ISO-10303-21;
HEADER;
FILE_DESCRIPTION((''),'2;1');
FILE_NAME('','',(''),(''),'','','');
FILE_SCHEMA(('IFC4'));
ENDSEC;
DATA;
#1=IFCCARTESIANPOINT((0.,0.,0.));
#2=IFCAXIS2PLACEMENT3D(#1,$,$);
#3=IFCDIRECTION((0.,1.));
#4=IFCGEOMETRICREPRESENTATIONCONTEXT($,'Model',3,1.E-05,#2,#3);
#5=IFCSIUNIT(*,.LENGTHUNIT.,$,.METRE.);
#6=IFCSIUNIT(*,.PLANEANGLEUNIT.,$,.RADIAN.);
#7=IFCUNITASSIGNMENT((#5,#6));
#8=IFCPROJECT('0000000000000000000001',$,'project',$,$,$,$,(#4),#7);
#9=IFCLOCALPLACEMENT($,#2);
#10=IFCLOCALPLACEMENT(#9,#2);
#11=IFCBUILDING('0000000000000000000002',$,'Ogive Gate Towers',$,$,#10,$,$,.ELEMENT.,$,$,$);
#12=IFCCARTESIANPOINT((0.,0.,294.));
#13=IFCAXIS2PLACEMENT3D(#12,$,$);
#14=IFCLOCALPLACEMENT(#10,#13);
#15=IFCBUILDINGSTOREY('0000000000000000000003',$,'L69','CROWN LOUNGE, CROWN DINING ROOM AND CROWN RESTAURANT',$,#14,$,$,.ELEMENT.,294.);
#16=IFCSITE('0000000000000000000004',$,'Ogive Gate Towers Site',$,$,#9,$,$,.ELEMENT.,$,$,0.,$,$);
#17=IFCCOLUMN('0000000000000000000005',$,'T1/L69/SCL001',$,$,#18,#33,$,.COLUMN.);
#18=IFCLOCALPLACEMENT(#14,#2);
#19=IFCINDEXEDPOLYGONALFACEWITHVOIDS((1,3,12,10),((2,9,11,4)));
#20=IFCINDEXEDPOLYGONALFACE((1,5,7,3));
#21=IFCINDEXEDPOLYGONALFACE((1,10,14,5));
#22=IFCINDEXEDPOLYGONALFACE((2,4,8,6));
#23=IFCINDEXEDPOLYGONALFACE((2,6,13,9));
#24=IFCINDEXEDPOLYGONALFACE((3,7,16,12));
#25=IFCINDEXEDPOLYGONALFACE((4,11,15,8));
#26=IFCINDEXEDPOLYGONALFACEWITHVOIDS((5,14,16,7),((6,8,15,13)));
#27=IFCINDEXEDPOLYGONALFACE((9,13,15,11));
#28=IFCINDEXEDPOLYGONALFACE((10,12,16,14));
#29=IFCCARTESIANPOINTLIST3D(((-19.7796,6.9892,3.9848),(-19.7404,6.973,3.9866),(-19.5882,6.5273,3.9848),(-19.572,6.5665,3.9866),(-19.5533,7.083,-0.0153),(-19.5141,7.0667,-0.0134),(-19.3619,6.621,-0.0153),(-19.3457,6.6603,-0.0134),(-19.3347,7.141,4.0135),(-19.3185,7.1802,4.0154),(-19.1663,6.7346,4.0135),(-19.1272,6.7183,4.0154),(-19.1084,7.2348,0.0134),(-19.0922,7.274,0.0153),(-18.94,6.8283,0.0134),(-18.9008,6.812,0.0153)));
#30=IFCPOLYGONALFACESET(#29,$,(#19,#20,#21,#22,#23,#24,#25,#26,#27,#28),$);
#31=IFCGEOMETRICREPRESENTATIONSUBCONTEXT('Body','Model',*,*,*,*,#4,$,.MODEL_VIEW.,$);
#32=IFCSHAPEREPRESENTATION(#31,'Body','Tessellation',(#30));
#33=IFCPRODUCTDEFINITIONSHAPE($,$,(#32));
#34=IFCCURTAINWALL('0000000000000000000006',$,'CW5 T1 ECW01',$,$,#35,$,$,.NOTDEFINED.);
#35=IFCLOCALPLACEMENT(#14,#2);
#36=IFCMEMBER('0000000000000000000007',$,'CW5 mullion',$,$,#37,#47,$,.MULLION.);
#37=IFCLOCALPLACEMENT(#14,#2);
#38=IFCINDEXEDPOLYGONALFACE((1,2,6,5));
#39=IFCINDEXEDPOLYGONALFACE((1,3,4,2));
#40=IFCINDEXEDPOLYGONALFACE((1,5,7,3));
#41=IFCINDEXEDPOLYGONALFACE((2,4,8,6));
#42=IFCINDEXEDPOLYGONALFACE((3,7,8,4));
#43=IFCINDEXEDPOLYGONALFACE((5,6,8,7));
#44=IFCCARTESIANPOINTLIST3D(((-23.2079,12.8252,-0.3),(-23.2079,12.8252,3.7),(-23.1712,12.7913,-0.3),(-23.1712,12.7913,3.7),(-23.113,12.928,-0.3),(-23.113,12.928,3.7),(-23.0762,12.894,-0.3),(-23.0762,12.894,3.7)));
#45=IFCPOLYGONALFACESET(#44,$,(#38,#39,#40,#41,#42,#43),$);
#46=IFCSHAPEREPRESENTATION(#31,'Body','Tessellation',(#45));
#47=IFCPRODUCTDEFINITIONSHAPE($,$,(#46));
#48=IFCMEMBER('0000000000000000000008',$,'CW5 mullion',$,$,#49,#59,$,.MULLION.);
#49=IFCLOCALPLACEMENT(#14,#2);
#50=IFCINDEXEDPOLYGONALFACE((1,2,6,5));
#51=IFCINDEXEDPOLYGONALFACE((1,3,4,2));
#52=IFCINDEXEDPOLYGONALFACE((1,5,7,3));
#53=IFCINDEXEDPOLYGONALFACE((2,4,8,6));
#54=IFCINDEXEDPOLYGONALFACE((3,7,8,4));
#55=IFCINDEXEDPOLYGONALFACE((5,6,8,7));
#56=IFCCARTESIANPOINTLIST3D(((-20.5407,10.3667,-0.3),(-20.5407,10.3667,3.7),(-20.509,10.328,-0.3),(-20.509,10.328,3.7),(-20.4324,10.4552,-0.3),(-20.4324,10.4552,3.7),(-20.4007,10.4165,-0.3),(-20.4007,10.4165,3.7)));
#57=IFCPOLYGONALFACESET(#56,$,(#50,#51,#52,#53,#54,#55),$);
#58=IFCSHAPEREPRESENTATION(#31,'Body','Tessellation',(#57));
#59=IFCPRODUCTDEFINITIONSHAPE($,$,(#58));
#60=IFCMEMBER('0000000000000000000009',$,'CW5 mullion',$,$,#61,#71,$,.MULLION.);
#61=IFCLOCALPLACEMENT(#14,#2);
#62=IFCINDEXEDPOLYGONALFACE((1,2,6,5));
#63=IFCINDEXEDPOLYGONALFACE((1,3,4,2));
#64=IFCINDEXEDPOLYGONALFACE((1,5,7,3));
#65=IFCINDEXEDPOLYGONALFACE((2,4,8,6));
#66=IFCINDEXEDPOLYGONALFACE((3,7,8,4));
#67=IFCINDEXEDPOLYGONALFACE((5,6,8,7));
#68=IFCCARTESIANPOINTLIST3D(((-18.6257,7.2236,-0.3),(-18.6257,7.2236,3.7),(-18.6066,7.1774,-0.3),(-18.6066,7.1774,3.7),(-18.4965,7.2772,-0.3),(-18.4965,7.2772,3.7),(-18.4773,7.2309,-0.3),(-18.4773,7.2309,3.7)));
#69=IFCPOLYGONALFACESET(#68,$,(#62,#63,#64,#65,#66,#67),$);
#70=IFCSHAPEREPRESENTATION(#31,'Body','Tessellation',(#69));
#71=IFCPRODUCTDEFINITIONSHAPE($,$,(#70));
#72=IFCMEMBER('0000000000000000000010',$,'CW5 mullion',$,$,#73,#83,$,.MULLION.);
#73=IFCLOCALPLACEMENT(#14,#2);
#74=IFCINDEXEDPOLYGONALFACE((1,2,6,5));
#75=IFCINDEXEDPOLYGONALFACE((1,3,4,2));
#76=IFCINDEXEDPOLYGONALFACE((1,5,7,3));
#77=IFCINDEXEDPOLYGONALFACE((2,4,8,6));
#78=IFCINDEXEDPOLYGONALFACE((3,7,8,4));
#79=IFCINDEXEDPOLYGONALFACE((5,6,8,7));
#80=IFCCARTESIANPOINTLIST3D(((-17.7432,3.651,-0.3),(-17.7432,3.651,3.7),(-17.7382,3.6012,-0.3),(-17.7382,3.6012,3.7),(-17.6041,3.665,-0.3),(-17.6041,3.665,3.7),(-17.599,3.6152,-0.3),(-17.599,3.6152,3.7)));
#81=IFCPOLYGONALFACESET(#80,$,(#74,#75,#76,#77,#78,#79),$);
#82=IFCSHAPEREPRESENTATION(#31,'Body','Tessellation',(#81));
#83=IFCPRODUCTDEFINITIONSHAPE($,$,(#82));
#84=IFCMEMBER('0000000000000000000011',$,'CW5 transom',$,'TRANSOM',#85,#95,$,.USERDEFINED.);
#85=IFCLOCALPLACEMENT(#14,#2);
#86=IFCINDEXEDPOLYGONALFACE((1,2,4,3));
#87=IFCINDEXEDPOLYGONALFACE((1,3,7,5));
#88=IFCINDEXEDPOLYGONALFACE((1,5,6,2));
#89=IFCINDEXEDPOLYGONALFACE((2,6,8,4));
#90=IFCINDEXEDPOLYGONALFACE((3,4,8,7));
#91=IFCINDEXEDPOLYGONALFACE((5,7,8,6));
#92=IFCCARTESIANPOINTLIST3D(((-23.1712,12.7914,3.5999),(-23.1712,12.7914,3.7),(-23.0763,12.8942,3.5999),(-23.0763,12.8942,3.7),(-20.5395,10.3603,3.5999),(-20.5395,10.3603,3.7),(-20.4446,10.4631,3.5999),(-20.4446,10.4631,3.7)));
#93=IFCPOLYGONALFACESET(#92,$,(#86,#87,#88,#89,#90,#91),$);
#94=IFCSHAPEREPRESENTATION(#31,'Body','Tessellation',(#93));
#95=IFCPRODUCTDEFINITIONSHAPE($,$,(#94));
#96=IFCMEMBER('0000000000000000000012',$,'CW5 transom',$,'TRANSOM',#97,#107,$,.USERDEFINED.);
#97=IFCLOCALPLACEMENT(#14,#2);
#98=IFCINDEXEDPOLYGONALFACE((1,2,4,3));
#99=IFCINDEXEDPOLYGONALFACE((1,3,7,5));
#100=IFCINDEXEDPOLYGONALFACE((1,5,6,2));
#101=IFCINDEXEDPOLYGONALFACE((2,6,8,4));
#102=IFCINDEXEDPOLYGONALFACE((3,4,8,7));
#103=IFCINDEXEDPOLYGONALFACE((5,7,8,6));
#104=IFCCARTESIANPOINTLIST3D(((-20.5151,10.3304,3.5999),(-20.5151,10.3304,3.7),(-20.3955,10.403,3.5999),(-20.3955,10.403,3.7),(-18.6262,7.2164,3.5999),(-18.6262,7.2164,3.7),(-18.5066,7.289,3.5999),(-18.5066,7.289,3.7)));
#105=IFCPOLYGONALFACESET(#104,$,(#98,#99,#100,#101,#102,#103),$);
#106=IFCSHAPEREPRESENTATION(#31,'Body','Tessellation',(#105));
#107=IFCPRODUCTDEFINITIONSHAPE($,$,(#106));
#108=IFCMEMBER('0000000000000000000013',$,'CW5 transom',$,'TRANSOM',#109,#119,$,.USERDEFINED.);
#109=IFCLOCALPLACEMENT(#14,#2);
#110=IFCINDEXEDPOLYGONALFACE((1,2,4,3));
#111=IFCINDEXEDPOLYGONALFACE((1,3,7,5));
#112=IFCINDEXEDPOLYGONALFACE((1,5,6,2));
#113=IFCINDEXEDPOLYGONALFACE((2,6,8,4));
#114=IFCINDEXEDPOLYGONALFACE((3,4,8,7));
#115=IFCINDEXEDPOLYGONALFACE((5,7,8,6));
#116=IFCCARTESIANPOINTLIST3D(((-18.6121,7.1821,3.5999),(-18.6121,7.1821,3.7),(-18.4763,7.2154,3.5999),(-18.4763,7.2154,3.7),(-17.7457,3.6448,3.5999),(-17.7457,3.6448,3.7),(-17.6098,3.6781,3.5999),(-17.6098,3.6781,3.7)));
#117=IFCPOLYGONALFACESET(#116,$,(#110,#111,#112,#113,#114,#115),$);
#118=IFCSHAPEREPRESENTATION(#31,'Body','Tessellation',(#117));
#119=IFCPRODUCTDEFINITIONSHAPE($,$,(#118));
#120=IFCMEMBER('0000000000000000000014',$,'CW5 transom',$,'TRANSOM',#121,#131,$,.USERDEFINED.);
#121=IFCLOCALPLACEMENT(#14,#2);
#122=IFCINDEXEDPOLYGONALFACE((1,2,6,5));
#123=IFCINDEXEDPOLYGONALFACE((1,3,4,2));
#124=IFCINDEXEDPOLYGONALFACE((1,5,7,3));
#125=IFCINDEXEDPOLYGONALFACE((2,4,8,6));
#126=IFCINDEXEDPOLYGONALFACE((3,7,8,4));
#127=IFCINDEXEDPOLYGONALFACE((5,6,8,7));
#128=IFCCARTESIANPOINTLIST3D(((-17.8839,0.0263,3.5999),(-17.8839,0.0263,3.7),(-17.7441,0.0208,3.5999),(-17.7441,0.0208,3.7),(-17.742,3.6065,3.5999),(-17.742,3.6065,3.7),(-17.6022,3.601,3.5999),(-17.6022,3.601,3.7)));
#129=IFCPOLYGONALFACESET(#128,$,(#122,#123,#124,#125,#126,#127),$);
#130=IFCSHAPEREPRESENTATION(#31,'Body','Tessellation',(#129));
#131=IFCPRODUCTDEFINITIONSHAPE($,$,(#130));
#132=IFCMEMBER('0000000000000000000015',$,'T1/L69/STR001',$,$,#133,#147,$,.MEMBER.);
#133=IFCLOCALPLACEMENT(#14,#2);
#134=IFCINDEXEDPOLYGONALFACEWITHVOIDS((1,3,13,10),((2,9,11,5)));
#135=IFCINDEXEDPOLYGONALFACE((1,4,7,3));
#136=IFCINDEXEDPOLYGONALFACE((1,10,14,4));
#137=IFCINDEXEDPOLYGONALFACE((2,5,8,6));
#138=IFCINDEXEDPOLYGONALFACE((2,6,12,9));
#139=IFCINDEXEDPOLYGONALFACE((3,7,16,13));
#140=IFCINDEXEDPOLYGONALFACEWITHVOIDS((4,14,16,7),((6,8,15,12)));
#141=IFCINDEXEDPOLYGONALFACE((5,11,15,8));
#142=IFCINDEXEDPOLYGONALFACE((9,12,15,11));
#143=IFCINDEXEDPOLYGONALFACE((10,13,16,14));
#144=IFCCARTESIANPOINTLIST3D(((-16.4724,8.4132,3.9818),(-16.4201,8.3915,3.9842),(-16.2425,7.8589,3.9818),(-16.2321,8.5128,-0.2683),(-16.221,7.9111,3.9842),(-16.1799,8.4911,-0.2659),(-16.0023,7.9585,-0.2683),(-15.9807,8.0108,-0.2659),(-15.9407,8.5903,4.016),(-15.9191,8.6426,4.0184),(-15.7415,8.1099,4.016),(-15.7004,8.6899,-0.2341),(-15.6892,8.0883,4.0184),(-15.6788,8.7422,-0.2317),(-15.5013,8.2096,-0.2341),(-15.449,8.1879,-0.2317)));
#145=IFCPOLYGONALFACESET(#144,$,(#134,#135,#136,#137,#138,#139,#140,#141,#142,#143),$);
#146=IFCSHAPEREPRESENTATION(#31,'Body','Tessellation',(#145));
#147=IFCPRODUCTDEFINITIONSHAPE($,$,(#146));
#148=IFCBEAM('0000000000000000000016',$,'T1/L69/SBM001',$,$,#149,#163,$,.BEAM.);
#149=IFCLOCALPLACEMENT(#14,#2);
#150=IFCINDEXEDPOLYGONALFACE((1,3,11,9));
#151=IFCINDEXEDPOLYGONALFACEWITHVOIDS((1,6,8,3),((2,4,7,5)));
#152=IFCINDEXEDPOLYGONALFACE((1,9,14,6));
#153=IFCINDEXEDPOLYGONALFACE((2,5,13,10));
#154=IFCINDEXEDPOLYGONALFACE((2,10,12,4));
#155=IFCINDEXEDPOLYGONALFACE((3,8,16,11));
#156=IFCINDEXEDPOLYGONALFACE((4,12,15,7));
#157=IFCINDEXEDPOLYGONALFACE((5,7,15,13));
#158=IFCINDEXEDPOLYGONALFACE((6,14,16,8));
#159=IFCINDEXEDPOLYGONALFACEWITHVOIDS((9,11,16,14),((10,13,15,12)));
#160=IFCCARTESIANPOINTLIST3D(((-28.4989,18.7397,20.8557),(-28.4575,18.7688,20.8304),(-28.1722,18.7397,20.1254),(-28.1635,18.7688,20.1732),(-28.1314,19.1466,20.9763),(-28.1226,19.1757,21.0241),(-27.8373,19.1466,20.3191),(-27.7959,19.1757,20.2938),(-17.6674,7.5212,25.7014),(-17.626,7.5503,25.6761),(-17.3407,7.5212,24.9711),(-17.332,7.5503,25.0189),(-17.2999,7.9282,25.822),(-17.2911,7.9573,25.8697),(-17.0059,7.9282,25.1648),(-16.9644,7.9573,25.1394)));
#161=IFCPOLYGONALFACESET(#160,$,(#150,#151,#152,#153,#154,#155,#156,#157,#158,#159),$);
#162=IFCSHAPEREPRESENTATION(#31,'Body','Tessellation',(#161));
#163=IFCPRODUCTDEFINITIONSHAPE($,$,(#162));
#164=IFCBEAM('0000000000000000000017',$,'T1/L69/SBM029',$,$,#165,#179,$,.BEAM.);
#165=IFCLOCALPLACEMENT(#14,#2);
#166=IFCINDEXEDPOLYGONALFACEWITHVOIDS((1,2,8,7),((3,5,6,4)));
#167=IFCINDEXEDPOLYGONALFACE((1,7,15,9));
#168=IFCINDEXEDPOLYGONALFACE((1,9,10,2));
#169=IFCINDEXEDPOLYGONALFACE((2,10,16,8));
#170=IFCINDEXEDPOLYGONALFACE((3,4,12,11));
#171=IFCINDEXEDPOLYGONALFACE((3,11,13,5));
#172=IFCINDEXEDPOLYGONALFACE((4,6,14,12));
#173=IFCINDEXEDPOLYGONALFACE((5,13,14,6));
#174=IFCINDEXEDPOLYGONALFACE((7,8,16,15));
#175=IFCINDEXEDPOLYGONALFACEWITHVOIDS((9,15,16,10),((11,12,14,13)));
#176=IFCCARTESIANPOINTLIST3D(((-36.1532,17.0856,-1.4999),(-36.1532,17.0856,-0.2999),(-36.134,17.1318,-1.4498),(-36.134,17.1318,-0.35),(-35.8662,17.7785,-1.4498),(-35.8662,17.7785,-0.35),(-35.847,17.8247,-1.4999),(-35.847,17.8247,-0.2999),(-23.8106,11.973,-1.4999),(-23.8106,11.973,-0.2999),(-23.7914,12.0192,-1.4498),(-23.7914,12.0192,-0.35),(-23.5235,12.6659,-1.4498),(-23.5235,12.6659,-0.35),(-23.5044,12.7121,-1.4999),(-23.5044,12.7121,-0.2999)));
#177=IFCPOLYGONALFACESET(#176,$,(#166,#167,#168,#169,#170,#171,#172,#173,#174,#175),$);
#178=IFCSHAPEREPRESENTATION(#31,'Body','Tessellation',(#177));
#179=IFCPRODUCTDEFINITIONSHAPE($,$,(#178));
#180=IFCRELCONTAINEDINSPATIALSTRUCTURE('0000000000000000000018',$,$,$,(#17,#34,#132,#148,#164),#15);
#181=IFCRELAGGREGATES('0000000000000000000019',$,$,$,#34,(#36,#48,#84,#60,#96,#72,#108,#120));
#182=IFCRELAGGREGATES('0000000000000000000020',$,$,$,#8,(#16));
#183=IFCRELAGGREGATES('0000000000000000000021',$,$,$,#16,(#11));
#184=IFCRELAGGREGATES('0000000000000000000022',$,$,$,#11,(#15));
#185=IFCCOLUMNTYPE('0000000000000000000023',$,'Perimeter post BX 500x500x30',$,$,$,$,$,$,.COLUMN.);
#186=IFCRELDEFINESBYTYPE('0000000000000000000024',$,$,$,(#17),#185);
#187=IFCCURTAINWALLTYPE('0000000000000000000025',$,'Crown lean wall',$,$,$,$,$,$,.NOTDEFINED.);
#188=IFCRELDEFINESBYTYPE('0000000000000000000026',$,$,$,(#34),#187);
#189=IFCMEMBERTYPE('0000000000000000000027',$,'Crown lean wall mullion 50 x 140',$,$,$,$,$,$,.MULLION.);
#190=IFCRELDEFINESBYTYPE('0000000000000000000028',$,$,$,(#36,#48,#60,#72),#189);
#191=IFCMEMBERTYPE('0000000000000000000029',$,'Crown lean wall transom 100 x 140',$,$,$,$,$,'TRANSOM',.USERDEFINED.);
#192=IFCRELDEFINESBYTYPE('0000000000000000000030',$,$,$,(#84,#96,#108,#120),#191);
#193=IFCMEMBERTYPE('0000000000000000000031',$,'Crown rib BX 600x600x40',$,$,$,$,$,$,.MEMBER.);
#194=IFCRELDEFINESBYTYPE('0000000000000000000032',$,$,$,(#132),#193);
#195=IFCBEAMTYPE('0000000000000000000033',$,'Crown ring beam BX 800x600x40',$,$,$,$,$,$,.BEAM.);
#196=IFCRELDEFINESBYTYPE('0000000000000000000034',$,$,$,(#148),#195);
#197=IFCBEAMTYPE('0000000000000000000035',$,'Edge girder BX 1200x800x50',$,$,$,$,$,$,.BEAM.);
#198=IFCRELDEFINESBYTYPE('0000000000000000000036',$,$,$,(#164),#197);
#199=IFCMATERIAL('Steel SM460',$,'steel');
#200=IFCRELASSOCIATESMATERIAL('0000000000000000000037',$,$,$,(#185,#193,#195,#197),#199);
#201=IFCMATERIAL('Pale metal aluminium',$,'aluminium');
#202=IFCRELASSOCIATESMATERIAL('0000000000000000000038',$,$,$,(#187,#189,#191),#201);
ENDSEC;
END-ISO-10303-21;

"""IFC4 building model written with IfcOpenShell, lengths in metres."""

from ifc_helpers import new_model, si_unit, direction, frame, origin, origin_2d, place, context, subcontext, project, spatial, rectangle, hollow_rectangle, extrude, material, material_profile, profile_set, type_object, element, aggregate, save


model = new_model("IFC4")

# Units and contexts
model_context = context("Model", 3, precision=1e-05, world=origin(), true_north=direction((0.0, 1.0)))
body_context = subcontext(model_context, "Body", "Model", "MODEL_VIEW")
ifc_project = project(units=[si_unit("LENGTHUNIT", "METRE"), si_unit("PLANEANGLEUNIT", "RADIAN")], contexts=[model_context])

# Site, building, storey
site_placement = place(None, origin())
site = spatial("IfcSite", under=ifc_project, at=site_placement, Name="Ogive Gate Towers Site", CompositionType="ELEMENT", RefElevation=0.0)
building_placement = place(site_placement, origin())
building = spatial("IfcBuilding", under=site, at=building_placement, Name="Ogive Gate Towers", CompositionType="ELEMENT")
storey_placement = place(building_placement, frame((0.0, 0.0, 294.0)))
storey = spatial("IfcBuildingStorey", under=building, at=storey_placement, Name="L69", Description="CROWN LOUNGE, CROWN DINING ROOM AND CROWN RESTAURANT", CompositionType="ELEMENT", Elevation=294.0)

# Column
ifc_material_1 = material(Name="Steel SM460", Category="steel")
ifc_material_profile_1 = material_profile(ifc_material_1, hollow_rectangle(XDim=0.5, YDim=0.5, WallThickness=0.03, at=origin_2d()), Name="BX 500x500x30")
ifc_profile_set_1 = profile_set([ifc_material_profile_1], Name="Steel SM460")
column_type = type_object("IfcColumnType", Name="Perimeter post BX 500x500x30", PredefinedType="COLUMN", material=ifc_profile_set_1)
column_placement = place(storey_placement, frame((-19.2271, 6.9475, 0.0), z_axis=(-0.056474, -0.023394, 0.99813), x_axis=(0.382704, -0.923871, 0.0)))
element("IfcColumn", 1, at=column_placement, inside=storey, type_object=column_type, Name="T1/L69/SCL001", PredefinedType="COLUMN", context=body_context, shape_type="SweptSolid", body=[
    extrude(hollow_rectangle(XDim=0.5, YDim=0.5, WallThickness=0.03, at=origin_2d()), origin(), (0.0, 0.0, 1.0), 4.0076),
])

# Curtain wall, members
ifc_material_2 = material(Name="Pale metal aluminium", Category="aluminium")
curtain_wall_type = type_object("IfcCurtainWallType", Name="Crown lean wall", PredefinedType="NOTDEFINED", material=ifc_material_2)
curtain_wall_placement = place(storey_placement, origin())
curtain_wall = element("IfcCurtainWall", 2, at=curtain_wall_placement, inside=storey, type_object=curtain_wall_type, Name="CW5 T1 ECW01", PredefinedType="NOTDEFINED")
ifc_material_profile_2 = material_profile(ifc_material_2, rectangle(XDim=0.1399, YDim=0.05, at=origin_2d()), Name="50 x 140 aluminium box")
ifc_profile_set_2 = profile_set([ifc_material_profile_2], Name="Pale metal aluminium")
member_type_1 = type_object("IfcMemberType", Name="Crown lean wall mullion 50 x 140", PredefinedType="MULLION", material=ifc_profile_set_2)
member_1_placement = place(storey_placement, frame((-23.1421, 12.8596, -0.3), z_axis=(0.0, 0.0, 1.0), x_axis=(-0.678557, -0.734548, 0.0)))
member_1 = element("IfcMember", 3, at=member_1_placement, type_object=member_type_1, Name="CW5 mullion", PredefinedType="MULLION", context=body_context, shape_type="SweptSolid", body=[
    extrude(rectangle(XDim=0.1399, YDim=0.05, at=origin_2d()), origin(), (0.0, 0.0, 1.0), 4.0),
])
member_2_placement = place(storey_placement, frame((-20.4707, 10.3916, -0.3), z_axis=(0.0, 0.0, 1.0), x_axis=(-0.774348, -0.632759, 0.0)))
member_2 = element("IfcMember", 4, at=member_2_placement, type_object=member_type_1, Name="CW5 mullion", PredefinedType="MULLION", context=body_context, shape_type="SweptSolid", body=[
    extrude(rectangle(XDim=0.1399, YDim=0.05, at=origin_2d()), origin(), (0.0, 0.0, 1.0), 4.0),
])
member_3_placement = place(storey_placement, frame((-18.5515, 7.2273, -0.3), z_axis=(0.0, 0.0, 1.0), x_axis=(-0.92388, -0.382683, 0.0)))
member_3 = element("IfcMember", 5, at=member_3_placement, type_object=member_type_1, Name="CW5 mullion", PredefinedType="MULLION", context=body_context, shape_type="SweptSolid", body=[
    extrude(rectangle(XDim=0.1399, YDim=0.05, at=origin_2d()), origin(), (0.0, 0.0, 1.0), 4.0),
])
member_4_placement = place(storey_placement, frame((-17.6711, 3.6331, -0.3), z_axis=(0.0, 0.0, 1.0), x_axis=(-0.994977, -0.100101, 0.0)))
member_4 = element("IfcMember", 6, at=member_4_placement, type_object=member_type_1, Name="CW5 mullion", PredefinedType="MULLION", context=body_context, shape_type="SweptSolid", body=[
    extrude(rectangle(XDim=0.1399, YDim=0.05, at=origin_2d()), origin(), (0.0, 0.0, 1.0), 4.0),
])
ifc_material_profile_3 = material_profile(ifc_material_2, rectangle(XDim=0.1399, YDim=0.1001, at=origin_2d()), Name="100 x 140 aluminium box")
ifc_profile_set_3 = profile_set([ifc_material_profile_3], Name="Pale metal aluminium")
member_type_2 = type_object("IfcMemberType", Name="Crown lean wall transom 100 x 140", ElementType="TRANSOM", PredefinedType="USERDEFINED", material=ifc_profile_set_3)
member_5_placement = place(storey_placement, frame((-23.1238, 12.8428, 3.6499), z_axis=(0.734558, -0.678546, 0.0), x_axis=(0.678546, 0.734558, 0.0)))
member_5 = element("IfcMember", 7, at=member_5_placement, type_object=member_type_2, Name="CW5 transom", ObjectType="TRANSOM", PredefinedType="USERDEFINED", context=body_context, shape_type="SweptSolid", body=[
    extrude(rectangle(XDim=0.1399, YDim=0.1001, at=origin_2d()), origin(), (0.0, 0.0, 1.0), 3.5828),
])
member_6_placement = place(storey_placement, frame((-20.4553, 10.3667, 3.6499), z_axis=(0.51863, -0.854999, 0.0), x_axis=(0.854999, 0.51863, 0.0)))
member_6 = element("IfcMember", 8, at=member_6_placement, type_object=member_type_2, Name="CW5 transom", ObjectType="TRANSOM", PredefinedType="USERDEFINED", context=body_context, shape_type="SweptSolid", body=[
    extrude(rectangle(XDim=0.1399, YDim=0.1001, at=origin_2d()), origin(), (0.0, 0.0, 1.0), 3.6421),
])
member_7_placement = place(storey_placement, frame((-18.5442, 7.1987, 3.6499), z_axis=(0.237911, -0.971287, 0.0), x_axis=(0.971287, 0.237911, 0.0)))
member_7 = element("IfcMember", 9, at=member_7_placement, type_object=member_type_2, Name="CW5 transom", ObjectType="TRANSOM", PredefinedType="USERDEFINED", context=body_context, shape_type="SweptSolid", body=[
    extrude(rectangle(XDim=0.1399, YDim=0.1001, at=origin_2d()), origin(), (0.0, 0.0, 1.0), 3.6418),
])
member_8_placement = place(storey_placement, frame((-17.6721, 3.6038, 3.6499), z_axis=(-0.03959, -0.999216, 0.0), x_axis=(0.999216, -0.03959, 0.0)))
member_8 = element("IfcMember", 10, at=member_8_placement, type_object=member_type_2, Name="CW5 transom", ObjectType="TRANSOM", PredefinedType="USERDEFINED", context=body_context, shape_type="SweptSolid", body=[
    extrude(rectangle(XDim=0.1399, YDim=0.1001, at=origin_2d()), origin(), (0.0, 0.0, 1.0), 3.583),
])

# Member
ifc_material_profile_4 = material_profile(ifc_material_1, hollow_rectangle(XDim=0.6001, YDim=0.6001, WallThickness=0.04, at=origin_2d()), Name="BX 600x600x40")
ifc_profile_set_4 = profile_set([ifc_material_profile_4], Name="Steel SM460")
member_type_3 = type_object("IfcMemberType", Name="Crown rib BX 600x600x40", PredefinedType="MEMBER", material=ifc_profile_set_4)
member_9_placement = place(storey_placement, frame((-15.8406, 8.3503, -0.25), z_axis=(-0.05642, -0.023394, 0.998133), x_axis=(0.383015, -0.923742, 0.0)))
element("IfcMember", 11, at=member_9_placement, inside=storey, type_object=member_type_3, Name="T1/L69/STR001", PredefinedType="MEMBER", context=body_context, shape_type="SweptSolid", body=[
    extrude(hollow_rectangle(XDim=0.6001, YDim=0.6001, WallThickness=0.04, at=origin_2d()), origin(), (0.0, 0.0, 1.0), 4.2581),
])

# Beams
ifc_material_profile_5 = material_profile(ifc_material_1, hollow_rectangle(XDim=0.6001, YDim=0.8, WallThickness=0.04, at=origin_2d()), Name="BX 800x600x40")
ifc_profile_set_5 = profile_set([ifc_material_profile_5], Name="Steel SM460")
beam_type_1 = type_object("IfcBeamType", Name="Crown ring beam BX 800x600x40", PredefinedType="BEAM", material=ifc_profile_set_5)
beam_1_placement = place(storey_placement, frame((-17.3159, 7.7393, 25.4204), z_axis=(-0.663305, 0.687001, -0.296742), x_axis=(0.627106, 0.726656, 0.280551)))
element("IfcBeam", 12, at=beam_1_placement, inside=storey, type_object=beam_type_1, Name="T1/L69/SBM001", PredefinedType="BEAM", context=body_context, shape_type="SweptSolid", body=[
    extrude(hollow_rectangle(XDim=0.6001, YDim=0.8, WallThickness=0.04, at=origin_2d()), origin(), (0.0, 0.0, 1.0), 16.3296),
])
ifc_material_profile_6 = material_profile(ifc_material_1, hollow_rectangle(XDim=0.8, YDim=1.2, WallThickness=0.05, at=origin_2d()), Name="BX 1200x800x50")
ifc_profile_set_6 = profile_set([ifc_material_profile_6], Name="Steel SM460")
beam_type_2 = type_object("IfcBeamType", Name="Edge girder BX 1200x800x50", PredefinedType="BEAM", material=ifc_profile_set_6)
beam_2_placement = place(storey_placement, frame((-23.6575, 12.3425, -0.8999), z_axis=(-0.923877, 0.38269, 0.0), x_axis=(-0.38269, -0.923877, 0.0)))
element("IfcBeam", 13, at=beam_2_placement, inside=storey, type_object=beam_type_2, Name="T1/L69/SBM029", PredefinedType="BEAM", context=body_context, shape_type="SweptSolid", body=[
    extrude(hollow_rectangle(XDim=0.8, YDim=1.2, WallThickness=0.05, at=origin_2d()), origin(), (0.0, 0.0, 1.0), 13.3596),
])

aggregate(curtain_wall, [member_1, member_2, member_5, member_3, member_6, member_4, member_7, member_8])

save(model, "model.ifc")
